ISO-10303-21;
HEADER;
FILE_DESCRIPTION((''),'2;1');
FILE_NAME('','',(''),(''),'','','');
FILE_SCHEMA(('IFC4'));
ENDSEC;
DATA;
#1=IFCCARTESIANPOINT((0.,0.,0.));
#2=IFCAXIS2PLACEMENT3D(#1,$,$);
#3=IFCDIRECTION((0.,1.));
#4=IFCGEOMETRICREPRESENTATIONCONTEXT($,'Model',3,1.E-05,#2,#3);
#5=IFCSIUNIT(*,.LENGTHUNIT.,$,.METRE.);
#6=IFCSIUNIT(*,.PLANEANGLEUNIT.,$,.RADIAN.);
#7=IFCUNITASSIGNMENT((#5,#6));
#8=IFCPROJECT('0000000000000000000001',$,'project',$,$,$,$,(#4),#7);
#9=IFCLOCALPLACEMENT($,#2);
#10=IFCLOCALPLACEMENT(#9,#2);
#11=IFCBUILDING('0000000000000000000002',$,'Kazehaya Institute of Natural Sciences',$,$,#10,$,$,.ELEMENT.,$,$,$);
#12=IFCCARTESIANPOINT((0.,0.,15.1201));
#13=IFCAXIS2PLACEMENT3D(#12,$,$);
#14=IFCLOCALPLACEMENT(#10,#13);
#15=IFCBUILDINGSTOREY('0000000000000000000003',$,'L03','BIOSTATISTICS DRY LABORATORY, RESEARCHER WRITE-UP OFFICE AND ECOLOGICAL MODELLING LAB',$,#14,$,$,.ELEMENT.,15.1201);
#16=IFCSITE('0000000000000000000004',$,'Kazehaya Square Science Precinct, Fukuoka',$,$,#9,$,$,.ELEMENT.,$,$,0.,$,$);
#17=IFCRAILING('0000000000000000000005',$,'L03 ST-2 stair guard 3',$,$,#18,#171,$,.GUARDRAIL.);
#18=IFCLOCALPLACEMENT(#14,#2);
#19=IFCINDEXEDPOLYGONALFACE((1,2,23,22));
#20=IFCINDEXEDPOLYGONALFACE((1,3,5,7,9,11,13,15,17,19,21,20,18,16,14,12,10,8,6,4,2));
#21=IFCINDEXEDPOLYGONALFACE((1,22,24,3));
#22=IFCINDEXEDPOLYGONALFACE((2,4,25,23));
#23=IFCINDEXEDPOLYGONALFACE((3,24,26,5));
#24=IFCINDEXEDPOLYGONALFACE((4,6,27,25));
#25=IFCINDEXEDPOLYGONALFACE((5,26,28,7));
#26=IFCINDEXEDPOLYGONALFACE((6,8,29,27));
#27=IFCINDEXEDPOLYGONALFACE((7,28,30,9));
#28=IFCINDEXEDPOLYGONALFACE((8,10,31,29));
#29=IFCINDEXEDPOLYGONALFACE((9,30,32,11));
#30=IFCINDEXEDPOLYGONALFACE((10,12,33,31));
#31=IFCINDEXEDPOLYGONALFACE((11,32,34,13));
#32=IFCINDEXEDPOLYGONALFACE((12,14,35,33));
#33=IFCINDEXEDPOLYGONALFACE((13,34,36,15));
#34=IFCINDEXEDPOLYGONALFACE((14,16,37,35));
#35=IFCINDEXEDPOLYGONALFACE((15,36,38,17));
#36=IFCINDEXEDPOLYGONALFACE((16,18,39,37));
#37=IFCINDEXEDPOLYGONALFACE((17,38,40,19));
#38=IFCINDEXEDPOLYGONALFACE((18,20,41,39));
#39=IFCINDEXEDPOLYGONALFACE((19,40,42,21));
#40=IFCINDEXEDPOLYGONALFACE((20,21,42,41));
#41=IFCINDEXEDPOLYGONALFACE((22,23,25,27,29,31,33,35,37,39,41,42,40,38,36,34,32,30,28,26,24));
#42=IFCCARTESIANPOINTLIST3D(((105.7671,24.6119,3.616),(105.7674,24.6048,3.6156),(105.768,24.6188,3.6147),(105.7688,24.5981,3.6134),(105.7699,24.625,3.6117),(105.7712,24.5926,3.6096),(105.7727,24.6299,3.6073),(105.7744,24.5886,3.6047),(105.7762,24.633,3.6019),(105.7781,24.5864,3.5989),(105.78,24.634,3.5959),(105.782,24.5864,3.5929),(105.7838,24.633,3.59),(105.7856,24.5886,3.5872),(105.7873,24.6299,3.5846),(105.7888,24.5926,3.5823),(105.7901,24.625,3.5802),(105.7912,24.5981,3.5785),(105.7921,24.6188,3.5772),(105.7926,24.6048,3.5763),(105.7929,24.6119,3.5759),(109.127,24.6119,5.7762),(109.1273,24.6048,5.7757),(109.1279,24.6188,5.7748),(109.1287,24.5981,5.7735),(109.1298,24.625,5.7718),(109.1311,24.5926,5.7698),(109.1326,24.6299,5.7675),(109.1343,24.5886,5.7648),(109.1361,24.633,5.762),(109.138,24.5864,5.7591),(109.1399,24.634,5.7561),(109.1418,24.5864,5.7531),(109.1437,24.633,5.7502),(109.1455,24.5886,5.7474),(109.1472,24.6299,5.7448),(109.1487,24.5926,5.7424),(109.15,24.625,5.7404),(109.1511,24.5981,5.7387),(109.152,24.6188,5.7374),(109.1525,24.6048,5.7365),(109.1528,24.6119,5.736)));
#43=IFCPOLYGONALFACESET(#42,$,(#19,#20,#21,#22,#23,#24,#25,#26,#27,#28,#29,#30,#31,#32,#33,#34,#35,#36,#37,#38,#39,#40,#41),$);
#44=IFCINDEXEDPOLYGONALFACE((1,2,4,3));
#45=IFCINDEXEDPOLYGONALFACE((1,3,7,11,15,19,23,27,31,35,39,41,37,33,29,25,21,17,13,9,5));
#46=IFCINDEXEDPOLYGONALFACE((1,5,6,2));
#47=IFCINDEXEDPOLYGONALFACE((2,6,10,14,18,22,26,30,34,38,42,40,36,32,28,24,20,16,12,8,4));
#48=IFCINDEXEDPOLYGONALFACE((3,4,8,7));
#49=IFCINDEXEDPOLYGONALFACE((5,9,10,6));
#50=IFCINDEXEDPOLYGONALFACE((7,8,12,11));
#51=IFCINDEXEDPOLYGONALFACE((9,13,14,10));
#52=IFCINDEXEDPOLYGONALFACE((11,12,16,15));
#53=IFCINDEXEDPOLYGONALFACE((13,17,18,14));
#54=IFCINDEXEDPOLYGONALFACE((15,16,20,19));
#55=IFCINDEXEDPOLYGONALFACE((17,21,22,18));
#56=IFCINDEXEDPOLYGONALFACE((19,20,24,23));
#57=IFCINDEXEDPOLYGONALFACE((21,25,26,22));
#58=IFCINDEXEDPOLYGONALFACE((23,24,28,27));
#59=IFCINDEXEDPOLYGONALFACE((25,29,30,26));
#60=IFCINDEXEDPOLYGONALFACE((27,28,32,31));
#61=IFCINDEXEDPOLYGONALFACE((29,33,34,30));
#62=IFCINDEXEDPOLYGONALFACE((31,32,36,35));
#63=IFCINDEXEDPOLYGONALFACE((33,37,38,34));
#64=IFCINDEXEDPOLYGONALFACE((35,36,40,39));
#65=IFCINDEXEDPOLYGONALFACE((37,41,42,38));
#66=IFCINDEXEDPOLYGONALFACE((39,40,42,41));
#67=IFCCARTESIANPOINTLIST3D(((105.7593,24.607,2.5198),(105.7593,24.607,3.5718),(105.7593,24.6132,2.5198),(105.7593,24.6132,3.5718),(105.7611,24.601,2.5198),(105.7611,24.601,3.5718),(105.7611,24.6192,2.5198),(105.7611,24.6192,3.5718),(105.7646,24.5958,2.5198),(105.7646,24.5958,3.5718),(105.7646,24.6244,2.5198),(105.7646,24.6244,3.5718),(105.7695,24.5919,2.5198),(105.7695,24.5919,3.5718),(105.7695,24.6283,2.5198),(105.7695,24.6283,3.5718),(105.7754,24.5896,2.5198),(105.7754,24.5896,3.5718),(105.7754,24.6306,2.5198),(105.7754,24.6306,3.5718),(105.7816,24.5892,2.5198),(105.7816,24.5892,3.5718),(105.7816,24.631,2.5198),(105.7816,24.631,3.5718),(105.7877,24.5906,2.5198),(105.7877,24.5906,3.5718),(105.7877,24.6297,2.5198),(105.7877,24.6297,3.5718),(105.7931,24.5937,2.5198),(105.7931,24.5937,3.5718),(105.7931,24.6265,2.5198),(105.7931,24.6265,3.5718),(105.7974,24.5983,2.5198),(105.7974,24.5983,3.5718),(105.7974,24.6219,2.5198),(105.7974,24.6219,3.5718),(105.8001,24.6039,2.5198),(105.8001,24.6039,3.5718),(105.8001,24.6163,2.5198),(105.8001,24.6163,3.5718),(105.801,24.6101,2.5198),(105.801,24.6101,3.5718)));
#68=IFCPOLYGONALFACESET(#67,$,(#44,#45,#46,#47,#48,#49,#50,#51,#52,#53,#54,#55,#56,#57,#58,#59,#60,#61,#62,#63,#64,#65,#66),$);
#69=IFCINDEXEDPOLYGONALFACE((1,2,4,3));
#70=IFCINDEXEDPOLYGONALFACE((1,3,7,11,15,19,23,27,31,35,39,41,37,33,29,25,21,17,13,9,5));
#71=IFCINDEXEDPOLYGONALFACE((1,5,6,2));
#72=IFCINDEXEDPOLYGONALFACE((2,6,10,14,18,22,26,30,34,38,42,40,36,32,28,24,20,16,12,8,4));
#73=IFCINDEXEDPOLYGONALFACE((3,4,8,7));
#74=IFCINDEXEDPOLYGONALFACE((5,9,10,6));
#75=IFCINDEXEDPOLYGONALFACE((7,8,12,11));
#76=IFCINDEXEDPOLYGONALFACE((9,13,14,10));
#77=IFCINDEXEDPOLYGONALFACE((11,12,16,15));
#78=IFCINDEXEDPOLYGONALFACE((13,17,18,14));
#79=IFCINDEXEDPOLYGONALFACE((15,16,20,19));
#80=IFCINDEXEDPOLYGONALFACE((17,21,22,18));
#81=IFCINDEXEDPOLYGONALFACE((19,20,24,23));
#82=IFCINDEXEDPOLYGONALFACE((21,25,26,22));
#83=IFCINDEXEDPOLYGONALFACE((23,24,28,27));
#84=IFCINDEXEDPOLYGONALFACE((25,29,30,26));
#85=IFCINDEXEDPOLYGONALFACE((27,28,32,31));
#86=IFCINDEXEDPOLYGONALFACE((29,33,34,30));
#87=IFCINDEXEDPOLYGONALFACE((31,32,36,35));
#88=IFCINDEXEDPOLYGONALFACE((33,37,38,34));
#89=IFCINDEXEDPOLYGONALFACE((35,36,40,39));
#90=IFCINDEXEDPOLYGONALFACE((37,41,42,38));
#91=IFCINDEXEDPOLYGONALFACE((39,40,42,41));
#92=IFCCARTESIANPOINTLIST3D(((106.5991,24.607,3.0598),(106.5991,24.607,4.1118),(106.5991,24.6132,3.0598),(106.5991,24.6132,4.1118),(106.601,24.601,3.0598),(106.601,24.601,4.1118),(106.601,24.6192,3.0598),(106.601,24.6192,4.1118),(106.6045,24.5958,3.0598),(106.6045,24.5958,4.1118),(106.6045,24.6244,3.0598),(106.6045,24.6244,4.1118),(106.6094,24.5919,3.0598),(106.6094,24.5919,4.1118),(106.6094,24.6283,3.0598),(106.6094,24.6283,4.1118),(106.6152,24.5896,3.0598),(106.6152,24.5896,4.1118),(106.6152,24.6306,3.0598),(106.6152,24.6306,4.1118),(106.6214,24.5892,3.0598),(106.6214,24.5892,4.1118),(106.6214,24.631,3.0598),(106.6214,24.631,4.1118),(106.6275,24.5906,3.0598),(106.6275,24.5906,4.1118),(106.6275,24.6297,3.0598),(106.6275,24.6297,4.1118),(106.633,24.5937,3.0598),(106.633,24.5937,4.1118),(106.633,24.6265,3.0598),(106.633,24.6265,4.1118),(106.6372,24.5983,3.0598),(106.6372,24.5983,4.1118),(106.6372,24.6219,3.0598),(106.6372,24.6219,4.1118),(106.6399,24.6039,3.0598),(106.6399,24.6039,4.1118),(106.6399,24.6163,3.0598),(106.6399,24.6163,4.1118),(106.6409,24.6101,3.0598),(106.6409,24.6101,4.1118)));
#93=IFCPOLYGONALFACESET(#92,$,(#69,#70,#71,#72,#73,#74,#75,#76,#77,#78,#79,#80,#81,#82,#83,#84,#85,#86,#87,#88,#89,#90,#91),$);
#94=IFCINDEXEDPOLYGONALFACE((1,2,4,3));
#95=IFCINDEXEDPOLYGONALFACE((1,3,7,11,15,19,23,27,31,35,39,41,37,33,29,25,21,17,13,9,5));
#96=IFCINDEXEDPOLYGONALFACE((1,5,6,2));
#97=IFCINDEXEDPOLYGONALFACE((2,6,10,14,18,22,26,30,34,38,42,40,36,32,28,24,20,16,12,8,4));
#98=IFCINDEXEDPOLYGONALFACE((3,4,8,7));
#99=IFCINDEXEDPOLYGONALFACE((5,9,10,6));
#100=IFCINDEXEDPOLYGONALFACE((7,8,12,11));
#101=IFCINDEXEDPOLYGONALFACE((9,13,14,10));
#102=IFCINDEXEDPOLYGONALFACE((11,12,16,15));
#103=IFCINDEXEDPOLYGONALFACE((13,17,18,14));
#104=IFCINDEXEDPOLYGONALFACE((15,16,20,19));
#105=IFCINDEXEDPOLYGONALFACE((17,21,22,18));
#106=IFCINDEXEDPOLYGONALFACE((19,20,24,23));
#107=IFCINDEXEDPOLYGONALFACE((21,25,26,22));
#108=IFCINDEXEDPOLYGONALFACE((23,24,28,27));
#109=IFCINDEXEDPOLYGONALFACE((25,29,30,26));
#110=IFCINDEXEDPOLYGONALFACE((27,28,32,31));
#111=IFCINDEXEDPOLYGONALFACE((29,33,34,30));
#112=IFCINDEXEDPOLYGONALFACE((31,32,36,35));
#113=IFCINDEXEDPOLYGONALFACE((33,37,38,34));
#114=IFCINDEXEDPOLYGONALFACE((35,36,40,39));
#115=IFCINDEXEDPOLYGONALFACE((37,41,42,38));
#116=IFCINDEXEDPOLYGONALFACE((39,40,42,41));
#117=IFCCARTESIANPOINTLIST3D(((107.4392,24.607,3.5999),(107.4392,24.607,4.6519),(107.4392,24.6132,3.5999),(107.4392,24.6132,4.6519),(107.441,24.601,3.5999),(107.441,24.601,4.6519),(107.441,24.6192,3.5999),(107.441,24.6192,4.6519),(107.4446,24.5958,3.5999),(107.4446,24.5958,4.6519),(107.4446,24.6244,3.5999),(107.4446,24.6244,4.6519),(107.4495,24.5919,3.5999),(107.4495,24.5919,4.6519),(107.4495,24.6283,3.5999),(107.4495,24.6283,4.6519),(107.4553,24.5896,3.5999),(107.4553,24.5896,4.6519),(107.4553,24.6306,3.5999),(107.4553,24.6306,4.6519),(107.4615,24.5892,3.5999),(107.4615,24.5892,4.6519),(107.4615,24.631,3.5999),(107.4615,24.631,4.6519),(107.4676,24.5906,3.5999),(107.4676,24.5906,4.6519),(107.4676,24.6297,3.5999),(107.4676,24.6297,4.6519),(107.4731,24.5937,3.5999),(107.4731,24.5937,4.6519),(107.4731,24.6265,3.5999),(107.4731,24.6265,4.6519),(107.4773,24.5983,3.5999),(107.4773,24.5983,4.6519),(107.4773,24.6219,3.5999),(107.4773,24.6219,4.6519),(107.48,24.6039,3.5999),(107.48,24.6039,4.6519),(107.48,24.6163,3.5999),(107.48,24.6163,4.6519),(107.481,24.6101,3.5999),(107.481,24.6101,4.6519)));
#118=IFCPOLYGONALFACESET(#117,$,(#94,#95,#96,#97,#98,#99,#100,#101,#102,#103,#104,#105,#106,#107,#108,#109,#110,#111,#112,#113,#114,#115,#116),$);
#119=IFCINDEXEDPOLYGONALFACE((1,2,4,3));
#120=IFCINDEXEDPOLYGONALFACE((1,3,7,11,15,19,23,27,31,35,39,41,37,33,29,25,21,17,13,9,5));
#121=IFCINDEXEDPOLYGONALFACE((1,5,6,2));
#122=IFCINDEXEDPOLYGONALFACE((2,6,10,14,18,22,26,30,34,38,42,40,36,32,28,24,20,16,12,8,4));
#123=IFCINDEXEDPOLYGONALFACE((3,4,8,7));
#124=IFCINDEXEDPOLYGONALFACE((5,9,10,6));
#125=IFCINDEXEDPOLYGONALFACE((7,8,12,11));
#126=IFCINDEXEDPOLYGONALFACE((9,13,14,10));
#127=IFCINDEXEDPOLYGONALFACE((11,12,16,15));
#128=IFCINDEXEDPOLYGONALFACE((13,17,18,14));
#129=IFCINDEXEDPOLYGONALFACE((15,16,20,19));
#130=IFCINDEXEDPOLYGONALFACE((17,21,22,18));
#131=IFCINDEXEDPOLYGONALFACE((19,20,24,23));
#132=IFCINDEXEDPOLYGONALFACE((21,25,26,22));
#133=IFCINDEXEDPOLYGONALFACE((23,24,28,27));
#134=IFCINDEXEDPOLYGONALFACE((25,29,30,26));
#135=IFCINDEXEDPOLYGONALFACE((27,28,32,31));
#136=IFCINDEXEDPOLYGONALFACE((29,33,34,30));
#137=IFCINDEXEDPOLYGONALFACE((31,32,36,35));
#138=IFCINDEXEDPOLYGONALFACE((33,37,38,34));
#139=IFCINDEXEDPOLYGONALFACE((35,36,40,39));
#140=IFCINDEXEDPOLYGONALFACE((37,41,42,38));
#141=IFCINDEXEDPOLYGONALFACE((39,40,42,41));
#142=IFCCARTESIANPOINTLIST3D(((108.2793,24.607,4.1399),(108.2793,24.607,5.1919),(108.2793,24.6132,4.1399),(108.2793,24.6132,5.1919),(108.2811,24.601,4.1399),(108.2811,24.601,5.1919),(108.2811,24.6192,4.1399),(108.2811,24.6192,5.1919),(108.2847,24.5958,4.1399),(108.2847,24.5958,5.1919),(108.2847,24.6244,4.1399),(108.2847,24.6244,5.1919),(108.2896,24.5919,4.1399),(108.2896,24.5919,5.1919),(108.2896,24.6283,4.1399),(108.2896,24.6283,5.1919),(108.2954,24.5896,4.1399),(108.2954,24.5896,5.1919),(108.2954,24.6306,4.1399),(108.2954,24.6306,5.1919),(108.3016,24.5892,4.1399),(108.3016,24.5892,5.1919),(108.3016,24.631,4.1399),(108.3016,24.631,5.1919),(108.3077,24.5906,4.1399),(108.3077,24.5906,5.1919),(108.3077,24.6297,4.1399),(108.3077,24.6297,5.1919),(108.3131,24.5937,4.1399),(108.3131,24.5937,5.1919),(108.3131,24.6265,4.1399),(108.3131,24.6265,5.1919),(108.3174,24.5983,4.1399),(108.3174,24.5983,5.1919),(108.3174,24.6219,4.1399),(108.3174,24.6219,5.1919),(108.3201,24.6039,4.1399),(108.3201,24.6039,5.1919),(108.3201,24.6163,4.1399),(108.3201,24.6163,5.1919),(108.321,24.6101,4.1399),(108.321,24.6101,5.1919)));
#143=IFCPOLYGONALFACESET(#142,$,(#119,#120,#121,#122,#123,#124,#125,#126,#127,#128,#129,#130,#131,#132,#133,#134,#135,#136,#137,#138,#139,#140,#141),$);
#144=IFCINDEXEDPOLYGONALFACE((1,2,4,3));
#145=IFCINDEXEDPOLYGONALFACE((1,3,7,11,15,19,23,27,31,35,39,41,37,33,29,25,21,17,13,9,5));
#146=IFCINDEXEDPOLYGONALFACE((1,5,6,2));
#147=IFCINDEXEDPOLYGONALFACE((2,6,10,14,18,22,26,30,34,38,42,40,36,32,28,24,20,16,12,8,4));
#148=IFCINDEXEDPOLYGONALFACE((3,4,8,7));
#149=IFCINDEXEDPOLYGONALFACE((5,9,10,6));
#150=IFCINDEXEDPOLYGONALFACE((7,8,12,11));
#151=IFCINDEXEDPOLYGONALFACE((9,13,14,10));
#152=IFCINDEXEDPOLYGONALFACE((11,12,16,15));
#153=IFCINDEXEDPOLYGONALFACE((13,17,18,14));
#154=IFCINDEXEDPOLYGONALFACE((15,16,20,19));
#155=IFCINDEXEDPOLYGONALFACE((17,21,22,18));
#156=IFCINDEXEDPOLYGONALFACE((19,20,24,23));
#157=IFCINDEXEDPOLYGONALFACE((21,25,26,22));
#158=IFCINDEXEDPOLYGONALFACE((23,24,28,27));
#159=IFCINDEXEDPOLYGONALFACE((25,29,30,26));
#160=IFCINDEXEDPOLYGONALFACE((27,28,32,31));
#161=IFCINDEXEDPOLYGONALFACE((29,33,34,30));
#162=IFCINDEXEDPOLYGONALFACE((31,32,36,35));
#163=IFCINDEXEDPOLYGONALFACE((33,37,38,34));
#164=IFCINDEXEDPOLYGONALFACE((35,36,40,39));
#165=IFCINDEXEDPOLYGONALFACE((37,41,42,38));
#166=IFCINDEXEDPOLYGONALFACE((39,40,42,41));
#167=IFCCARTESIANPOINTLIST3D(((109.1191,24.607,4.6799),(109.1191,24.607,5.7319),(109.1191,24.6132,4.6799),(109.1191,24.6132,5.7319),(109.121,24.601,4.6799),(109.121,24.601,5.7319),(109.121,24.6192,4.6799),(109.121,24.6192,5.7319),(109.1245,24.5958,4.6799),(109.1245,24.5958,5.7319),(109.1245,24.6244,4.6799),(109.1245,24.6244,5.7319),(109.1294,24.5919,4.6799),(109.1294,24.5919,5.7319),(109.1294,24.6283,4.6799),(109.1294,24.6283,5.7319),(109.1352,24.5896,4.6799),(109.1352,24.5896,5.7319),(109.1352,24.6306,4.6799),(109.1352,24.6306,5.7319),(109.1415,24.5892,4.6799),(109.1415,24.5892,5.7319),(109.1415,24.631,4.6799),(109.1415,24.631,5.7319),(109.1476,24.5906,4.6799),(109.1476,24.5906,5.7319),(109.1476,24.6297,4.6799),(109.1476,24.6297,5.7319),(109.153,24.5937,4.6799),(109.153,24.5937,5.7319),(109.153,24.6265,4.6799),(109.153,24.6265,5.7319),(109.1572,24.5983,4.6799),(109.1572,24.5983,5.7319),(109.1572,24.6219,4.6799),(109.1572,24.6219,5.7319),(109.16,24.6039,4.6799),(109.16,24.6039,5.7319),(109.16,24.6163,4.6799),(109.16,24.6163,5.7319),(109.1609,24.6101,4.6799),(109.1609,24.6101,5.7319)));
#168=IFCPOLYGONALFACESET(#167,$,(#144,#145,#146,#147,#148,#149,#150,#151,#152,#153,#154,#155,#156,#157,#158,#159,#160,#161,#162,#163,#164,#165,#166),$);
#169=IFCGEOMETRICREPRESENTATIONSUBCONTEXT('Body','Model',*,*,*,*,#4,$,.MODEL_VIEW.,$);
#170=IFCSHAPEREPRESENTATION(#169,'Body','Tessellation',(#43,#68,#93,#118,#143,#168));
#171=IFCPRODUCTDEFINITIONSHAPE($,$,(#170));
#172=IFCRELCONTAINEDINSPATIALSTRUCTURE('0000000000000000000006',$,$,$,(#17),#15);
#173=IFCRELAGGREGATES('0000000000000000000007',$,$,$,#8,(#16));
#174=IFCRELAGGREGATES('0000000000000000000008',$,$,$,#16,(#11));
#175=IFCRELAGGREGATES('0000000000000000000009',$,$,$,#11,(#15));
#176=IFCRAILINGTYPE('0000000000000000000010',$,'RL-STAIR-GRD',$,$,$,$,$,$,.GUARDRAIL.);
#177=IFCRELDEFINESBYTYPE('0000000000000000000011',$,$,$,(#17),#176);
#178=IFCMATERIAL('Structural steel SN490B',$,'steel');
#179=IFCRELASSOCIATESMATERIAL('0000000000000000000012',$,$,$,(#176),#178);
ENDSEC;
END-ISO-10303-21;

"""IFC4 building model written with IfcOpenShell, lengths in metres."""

from ifc_helpers import new_model, si_unit, direction, frame, origin, origin_2d, place, context, subcontext, project, spatial, circle, extrude, material, type_object, element, save


model = new_model("IFC4")

# Units and contexts
model_context = context("Model", 3, precision=1e-05, world=origin(), true_north=direction((0.0, 1.0)))
body_context = subcontext(model_context, "Body", "Model", "MODEL_VIEW")
ifc_project = project(units=[si_unit("LENGTHUNIT", "METRE"), si_unit("PLANEANGLEUNIT", "RADIAN")], contexts=[model_context])

# Site, building, storey
site_placement = place(None, origin())
site = spatial("IfcSite", under=ifc_project, at=site_placement, Name="Kazehaya Square Science Precinct, Fukuoka", CompositionType="ELEMENT", RefElevation=0.0)
building_placement = place(site_placement, origin())
building = spatial("IfcBuilding", under=site, at=building_placement, Name="Kazehaya Institute of Natural Sciences", CompositionType="ELEMENT")
storey_placement = place(building_placement, frame((0.0, 0.0, 15.1201)))
storey = spatial("IfcBuildingStorey", under=building, at=storey_placement, Name="L03", Description="BIOSTATISTICS DRY LABORATORY, RESEARCHER WRITE-UP OFFICE AND ECOLOGICAL MODELLING LAB", CompositionType="ELEMENT", Elevation=15.1201)

# Railing
ifc_material_1 = material(Name="Structural steel SN490B", Category="steel")
railing_type_1 = type_object("IfcRailingType", Name="RL-STAIR-GRD", PredefinedType="GUARDRAIL", material=ifc_material_1)
railing_1_placement = place(storey_placement, frame((105.78, 24.6101, 2.5198)))
element("IfcRailing", 1, at=railing_1_placement, inside=storey, type_object=railing_type_1, Name="L03 ST-2 stair guard 3", PredefinedType="GUARDRAIL", context=body_context, shape_type="SweptSolid", body=[
    extrude(circle(Radius=0.0239, at=origin_2d()), frame((0.0, 0.0, 1.0762), z_axis=(0.841151, 0.0, 0.540801), x_axis=(0.0, 1.0, 0.0)), (0.0, 0.0, 1.0), 3.9944),
    extrude(circle(Radius=0.021, at=origin_2d()), origin(), (0.0, 0.0, 1.0), 1.052),
    extrude(circle(Radius=0.021, at=origin_2d()), frame((0.8398, 0.0, 0.54)), (0.0, 0.0, 1.0), 1.052),
    extrude(circle(Radius=0.021, at=origin_2d()), frame((1.6799, 0.0, 1.0801)), (0.0, 0.0, 1.0), 1.052),
    extrude(circle(Radius=0.021, at=origin_2d()), frame((2.52, 0.0, 1.6201)), (0.0, 0.0, 1.0), 1.052),
    extrude(circle(Radius=0.021, at=origin_2d()), frame((3.3599, 0.0, 2.1602)), (0.0, 0.0, 1.0), 1.052),
])

save(model, "model.ifc")
